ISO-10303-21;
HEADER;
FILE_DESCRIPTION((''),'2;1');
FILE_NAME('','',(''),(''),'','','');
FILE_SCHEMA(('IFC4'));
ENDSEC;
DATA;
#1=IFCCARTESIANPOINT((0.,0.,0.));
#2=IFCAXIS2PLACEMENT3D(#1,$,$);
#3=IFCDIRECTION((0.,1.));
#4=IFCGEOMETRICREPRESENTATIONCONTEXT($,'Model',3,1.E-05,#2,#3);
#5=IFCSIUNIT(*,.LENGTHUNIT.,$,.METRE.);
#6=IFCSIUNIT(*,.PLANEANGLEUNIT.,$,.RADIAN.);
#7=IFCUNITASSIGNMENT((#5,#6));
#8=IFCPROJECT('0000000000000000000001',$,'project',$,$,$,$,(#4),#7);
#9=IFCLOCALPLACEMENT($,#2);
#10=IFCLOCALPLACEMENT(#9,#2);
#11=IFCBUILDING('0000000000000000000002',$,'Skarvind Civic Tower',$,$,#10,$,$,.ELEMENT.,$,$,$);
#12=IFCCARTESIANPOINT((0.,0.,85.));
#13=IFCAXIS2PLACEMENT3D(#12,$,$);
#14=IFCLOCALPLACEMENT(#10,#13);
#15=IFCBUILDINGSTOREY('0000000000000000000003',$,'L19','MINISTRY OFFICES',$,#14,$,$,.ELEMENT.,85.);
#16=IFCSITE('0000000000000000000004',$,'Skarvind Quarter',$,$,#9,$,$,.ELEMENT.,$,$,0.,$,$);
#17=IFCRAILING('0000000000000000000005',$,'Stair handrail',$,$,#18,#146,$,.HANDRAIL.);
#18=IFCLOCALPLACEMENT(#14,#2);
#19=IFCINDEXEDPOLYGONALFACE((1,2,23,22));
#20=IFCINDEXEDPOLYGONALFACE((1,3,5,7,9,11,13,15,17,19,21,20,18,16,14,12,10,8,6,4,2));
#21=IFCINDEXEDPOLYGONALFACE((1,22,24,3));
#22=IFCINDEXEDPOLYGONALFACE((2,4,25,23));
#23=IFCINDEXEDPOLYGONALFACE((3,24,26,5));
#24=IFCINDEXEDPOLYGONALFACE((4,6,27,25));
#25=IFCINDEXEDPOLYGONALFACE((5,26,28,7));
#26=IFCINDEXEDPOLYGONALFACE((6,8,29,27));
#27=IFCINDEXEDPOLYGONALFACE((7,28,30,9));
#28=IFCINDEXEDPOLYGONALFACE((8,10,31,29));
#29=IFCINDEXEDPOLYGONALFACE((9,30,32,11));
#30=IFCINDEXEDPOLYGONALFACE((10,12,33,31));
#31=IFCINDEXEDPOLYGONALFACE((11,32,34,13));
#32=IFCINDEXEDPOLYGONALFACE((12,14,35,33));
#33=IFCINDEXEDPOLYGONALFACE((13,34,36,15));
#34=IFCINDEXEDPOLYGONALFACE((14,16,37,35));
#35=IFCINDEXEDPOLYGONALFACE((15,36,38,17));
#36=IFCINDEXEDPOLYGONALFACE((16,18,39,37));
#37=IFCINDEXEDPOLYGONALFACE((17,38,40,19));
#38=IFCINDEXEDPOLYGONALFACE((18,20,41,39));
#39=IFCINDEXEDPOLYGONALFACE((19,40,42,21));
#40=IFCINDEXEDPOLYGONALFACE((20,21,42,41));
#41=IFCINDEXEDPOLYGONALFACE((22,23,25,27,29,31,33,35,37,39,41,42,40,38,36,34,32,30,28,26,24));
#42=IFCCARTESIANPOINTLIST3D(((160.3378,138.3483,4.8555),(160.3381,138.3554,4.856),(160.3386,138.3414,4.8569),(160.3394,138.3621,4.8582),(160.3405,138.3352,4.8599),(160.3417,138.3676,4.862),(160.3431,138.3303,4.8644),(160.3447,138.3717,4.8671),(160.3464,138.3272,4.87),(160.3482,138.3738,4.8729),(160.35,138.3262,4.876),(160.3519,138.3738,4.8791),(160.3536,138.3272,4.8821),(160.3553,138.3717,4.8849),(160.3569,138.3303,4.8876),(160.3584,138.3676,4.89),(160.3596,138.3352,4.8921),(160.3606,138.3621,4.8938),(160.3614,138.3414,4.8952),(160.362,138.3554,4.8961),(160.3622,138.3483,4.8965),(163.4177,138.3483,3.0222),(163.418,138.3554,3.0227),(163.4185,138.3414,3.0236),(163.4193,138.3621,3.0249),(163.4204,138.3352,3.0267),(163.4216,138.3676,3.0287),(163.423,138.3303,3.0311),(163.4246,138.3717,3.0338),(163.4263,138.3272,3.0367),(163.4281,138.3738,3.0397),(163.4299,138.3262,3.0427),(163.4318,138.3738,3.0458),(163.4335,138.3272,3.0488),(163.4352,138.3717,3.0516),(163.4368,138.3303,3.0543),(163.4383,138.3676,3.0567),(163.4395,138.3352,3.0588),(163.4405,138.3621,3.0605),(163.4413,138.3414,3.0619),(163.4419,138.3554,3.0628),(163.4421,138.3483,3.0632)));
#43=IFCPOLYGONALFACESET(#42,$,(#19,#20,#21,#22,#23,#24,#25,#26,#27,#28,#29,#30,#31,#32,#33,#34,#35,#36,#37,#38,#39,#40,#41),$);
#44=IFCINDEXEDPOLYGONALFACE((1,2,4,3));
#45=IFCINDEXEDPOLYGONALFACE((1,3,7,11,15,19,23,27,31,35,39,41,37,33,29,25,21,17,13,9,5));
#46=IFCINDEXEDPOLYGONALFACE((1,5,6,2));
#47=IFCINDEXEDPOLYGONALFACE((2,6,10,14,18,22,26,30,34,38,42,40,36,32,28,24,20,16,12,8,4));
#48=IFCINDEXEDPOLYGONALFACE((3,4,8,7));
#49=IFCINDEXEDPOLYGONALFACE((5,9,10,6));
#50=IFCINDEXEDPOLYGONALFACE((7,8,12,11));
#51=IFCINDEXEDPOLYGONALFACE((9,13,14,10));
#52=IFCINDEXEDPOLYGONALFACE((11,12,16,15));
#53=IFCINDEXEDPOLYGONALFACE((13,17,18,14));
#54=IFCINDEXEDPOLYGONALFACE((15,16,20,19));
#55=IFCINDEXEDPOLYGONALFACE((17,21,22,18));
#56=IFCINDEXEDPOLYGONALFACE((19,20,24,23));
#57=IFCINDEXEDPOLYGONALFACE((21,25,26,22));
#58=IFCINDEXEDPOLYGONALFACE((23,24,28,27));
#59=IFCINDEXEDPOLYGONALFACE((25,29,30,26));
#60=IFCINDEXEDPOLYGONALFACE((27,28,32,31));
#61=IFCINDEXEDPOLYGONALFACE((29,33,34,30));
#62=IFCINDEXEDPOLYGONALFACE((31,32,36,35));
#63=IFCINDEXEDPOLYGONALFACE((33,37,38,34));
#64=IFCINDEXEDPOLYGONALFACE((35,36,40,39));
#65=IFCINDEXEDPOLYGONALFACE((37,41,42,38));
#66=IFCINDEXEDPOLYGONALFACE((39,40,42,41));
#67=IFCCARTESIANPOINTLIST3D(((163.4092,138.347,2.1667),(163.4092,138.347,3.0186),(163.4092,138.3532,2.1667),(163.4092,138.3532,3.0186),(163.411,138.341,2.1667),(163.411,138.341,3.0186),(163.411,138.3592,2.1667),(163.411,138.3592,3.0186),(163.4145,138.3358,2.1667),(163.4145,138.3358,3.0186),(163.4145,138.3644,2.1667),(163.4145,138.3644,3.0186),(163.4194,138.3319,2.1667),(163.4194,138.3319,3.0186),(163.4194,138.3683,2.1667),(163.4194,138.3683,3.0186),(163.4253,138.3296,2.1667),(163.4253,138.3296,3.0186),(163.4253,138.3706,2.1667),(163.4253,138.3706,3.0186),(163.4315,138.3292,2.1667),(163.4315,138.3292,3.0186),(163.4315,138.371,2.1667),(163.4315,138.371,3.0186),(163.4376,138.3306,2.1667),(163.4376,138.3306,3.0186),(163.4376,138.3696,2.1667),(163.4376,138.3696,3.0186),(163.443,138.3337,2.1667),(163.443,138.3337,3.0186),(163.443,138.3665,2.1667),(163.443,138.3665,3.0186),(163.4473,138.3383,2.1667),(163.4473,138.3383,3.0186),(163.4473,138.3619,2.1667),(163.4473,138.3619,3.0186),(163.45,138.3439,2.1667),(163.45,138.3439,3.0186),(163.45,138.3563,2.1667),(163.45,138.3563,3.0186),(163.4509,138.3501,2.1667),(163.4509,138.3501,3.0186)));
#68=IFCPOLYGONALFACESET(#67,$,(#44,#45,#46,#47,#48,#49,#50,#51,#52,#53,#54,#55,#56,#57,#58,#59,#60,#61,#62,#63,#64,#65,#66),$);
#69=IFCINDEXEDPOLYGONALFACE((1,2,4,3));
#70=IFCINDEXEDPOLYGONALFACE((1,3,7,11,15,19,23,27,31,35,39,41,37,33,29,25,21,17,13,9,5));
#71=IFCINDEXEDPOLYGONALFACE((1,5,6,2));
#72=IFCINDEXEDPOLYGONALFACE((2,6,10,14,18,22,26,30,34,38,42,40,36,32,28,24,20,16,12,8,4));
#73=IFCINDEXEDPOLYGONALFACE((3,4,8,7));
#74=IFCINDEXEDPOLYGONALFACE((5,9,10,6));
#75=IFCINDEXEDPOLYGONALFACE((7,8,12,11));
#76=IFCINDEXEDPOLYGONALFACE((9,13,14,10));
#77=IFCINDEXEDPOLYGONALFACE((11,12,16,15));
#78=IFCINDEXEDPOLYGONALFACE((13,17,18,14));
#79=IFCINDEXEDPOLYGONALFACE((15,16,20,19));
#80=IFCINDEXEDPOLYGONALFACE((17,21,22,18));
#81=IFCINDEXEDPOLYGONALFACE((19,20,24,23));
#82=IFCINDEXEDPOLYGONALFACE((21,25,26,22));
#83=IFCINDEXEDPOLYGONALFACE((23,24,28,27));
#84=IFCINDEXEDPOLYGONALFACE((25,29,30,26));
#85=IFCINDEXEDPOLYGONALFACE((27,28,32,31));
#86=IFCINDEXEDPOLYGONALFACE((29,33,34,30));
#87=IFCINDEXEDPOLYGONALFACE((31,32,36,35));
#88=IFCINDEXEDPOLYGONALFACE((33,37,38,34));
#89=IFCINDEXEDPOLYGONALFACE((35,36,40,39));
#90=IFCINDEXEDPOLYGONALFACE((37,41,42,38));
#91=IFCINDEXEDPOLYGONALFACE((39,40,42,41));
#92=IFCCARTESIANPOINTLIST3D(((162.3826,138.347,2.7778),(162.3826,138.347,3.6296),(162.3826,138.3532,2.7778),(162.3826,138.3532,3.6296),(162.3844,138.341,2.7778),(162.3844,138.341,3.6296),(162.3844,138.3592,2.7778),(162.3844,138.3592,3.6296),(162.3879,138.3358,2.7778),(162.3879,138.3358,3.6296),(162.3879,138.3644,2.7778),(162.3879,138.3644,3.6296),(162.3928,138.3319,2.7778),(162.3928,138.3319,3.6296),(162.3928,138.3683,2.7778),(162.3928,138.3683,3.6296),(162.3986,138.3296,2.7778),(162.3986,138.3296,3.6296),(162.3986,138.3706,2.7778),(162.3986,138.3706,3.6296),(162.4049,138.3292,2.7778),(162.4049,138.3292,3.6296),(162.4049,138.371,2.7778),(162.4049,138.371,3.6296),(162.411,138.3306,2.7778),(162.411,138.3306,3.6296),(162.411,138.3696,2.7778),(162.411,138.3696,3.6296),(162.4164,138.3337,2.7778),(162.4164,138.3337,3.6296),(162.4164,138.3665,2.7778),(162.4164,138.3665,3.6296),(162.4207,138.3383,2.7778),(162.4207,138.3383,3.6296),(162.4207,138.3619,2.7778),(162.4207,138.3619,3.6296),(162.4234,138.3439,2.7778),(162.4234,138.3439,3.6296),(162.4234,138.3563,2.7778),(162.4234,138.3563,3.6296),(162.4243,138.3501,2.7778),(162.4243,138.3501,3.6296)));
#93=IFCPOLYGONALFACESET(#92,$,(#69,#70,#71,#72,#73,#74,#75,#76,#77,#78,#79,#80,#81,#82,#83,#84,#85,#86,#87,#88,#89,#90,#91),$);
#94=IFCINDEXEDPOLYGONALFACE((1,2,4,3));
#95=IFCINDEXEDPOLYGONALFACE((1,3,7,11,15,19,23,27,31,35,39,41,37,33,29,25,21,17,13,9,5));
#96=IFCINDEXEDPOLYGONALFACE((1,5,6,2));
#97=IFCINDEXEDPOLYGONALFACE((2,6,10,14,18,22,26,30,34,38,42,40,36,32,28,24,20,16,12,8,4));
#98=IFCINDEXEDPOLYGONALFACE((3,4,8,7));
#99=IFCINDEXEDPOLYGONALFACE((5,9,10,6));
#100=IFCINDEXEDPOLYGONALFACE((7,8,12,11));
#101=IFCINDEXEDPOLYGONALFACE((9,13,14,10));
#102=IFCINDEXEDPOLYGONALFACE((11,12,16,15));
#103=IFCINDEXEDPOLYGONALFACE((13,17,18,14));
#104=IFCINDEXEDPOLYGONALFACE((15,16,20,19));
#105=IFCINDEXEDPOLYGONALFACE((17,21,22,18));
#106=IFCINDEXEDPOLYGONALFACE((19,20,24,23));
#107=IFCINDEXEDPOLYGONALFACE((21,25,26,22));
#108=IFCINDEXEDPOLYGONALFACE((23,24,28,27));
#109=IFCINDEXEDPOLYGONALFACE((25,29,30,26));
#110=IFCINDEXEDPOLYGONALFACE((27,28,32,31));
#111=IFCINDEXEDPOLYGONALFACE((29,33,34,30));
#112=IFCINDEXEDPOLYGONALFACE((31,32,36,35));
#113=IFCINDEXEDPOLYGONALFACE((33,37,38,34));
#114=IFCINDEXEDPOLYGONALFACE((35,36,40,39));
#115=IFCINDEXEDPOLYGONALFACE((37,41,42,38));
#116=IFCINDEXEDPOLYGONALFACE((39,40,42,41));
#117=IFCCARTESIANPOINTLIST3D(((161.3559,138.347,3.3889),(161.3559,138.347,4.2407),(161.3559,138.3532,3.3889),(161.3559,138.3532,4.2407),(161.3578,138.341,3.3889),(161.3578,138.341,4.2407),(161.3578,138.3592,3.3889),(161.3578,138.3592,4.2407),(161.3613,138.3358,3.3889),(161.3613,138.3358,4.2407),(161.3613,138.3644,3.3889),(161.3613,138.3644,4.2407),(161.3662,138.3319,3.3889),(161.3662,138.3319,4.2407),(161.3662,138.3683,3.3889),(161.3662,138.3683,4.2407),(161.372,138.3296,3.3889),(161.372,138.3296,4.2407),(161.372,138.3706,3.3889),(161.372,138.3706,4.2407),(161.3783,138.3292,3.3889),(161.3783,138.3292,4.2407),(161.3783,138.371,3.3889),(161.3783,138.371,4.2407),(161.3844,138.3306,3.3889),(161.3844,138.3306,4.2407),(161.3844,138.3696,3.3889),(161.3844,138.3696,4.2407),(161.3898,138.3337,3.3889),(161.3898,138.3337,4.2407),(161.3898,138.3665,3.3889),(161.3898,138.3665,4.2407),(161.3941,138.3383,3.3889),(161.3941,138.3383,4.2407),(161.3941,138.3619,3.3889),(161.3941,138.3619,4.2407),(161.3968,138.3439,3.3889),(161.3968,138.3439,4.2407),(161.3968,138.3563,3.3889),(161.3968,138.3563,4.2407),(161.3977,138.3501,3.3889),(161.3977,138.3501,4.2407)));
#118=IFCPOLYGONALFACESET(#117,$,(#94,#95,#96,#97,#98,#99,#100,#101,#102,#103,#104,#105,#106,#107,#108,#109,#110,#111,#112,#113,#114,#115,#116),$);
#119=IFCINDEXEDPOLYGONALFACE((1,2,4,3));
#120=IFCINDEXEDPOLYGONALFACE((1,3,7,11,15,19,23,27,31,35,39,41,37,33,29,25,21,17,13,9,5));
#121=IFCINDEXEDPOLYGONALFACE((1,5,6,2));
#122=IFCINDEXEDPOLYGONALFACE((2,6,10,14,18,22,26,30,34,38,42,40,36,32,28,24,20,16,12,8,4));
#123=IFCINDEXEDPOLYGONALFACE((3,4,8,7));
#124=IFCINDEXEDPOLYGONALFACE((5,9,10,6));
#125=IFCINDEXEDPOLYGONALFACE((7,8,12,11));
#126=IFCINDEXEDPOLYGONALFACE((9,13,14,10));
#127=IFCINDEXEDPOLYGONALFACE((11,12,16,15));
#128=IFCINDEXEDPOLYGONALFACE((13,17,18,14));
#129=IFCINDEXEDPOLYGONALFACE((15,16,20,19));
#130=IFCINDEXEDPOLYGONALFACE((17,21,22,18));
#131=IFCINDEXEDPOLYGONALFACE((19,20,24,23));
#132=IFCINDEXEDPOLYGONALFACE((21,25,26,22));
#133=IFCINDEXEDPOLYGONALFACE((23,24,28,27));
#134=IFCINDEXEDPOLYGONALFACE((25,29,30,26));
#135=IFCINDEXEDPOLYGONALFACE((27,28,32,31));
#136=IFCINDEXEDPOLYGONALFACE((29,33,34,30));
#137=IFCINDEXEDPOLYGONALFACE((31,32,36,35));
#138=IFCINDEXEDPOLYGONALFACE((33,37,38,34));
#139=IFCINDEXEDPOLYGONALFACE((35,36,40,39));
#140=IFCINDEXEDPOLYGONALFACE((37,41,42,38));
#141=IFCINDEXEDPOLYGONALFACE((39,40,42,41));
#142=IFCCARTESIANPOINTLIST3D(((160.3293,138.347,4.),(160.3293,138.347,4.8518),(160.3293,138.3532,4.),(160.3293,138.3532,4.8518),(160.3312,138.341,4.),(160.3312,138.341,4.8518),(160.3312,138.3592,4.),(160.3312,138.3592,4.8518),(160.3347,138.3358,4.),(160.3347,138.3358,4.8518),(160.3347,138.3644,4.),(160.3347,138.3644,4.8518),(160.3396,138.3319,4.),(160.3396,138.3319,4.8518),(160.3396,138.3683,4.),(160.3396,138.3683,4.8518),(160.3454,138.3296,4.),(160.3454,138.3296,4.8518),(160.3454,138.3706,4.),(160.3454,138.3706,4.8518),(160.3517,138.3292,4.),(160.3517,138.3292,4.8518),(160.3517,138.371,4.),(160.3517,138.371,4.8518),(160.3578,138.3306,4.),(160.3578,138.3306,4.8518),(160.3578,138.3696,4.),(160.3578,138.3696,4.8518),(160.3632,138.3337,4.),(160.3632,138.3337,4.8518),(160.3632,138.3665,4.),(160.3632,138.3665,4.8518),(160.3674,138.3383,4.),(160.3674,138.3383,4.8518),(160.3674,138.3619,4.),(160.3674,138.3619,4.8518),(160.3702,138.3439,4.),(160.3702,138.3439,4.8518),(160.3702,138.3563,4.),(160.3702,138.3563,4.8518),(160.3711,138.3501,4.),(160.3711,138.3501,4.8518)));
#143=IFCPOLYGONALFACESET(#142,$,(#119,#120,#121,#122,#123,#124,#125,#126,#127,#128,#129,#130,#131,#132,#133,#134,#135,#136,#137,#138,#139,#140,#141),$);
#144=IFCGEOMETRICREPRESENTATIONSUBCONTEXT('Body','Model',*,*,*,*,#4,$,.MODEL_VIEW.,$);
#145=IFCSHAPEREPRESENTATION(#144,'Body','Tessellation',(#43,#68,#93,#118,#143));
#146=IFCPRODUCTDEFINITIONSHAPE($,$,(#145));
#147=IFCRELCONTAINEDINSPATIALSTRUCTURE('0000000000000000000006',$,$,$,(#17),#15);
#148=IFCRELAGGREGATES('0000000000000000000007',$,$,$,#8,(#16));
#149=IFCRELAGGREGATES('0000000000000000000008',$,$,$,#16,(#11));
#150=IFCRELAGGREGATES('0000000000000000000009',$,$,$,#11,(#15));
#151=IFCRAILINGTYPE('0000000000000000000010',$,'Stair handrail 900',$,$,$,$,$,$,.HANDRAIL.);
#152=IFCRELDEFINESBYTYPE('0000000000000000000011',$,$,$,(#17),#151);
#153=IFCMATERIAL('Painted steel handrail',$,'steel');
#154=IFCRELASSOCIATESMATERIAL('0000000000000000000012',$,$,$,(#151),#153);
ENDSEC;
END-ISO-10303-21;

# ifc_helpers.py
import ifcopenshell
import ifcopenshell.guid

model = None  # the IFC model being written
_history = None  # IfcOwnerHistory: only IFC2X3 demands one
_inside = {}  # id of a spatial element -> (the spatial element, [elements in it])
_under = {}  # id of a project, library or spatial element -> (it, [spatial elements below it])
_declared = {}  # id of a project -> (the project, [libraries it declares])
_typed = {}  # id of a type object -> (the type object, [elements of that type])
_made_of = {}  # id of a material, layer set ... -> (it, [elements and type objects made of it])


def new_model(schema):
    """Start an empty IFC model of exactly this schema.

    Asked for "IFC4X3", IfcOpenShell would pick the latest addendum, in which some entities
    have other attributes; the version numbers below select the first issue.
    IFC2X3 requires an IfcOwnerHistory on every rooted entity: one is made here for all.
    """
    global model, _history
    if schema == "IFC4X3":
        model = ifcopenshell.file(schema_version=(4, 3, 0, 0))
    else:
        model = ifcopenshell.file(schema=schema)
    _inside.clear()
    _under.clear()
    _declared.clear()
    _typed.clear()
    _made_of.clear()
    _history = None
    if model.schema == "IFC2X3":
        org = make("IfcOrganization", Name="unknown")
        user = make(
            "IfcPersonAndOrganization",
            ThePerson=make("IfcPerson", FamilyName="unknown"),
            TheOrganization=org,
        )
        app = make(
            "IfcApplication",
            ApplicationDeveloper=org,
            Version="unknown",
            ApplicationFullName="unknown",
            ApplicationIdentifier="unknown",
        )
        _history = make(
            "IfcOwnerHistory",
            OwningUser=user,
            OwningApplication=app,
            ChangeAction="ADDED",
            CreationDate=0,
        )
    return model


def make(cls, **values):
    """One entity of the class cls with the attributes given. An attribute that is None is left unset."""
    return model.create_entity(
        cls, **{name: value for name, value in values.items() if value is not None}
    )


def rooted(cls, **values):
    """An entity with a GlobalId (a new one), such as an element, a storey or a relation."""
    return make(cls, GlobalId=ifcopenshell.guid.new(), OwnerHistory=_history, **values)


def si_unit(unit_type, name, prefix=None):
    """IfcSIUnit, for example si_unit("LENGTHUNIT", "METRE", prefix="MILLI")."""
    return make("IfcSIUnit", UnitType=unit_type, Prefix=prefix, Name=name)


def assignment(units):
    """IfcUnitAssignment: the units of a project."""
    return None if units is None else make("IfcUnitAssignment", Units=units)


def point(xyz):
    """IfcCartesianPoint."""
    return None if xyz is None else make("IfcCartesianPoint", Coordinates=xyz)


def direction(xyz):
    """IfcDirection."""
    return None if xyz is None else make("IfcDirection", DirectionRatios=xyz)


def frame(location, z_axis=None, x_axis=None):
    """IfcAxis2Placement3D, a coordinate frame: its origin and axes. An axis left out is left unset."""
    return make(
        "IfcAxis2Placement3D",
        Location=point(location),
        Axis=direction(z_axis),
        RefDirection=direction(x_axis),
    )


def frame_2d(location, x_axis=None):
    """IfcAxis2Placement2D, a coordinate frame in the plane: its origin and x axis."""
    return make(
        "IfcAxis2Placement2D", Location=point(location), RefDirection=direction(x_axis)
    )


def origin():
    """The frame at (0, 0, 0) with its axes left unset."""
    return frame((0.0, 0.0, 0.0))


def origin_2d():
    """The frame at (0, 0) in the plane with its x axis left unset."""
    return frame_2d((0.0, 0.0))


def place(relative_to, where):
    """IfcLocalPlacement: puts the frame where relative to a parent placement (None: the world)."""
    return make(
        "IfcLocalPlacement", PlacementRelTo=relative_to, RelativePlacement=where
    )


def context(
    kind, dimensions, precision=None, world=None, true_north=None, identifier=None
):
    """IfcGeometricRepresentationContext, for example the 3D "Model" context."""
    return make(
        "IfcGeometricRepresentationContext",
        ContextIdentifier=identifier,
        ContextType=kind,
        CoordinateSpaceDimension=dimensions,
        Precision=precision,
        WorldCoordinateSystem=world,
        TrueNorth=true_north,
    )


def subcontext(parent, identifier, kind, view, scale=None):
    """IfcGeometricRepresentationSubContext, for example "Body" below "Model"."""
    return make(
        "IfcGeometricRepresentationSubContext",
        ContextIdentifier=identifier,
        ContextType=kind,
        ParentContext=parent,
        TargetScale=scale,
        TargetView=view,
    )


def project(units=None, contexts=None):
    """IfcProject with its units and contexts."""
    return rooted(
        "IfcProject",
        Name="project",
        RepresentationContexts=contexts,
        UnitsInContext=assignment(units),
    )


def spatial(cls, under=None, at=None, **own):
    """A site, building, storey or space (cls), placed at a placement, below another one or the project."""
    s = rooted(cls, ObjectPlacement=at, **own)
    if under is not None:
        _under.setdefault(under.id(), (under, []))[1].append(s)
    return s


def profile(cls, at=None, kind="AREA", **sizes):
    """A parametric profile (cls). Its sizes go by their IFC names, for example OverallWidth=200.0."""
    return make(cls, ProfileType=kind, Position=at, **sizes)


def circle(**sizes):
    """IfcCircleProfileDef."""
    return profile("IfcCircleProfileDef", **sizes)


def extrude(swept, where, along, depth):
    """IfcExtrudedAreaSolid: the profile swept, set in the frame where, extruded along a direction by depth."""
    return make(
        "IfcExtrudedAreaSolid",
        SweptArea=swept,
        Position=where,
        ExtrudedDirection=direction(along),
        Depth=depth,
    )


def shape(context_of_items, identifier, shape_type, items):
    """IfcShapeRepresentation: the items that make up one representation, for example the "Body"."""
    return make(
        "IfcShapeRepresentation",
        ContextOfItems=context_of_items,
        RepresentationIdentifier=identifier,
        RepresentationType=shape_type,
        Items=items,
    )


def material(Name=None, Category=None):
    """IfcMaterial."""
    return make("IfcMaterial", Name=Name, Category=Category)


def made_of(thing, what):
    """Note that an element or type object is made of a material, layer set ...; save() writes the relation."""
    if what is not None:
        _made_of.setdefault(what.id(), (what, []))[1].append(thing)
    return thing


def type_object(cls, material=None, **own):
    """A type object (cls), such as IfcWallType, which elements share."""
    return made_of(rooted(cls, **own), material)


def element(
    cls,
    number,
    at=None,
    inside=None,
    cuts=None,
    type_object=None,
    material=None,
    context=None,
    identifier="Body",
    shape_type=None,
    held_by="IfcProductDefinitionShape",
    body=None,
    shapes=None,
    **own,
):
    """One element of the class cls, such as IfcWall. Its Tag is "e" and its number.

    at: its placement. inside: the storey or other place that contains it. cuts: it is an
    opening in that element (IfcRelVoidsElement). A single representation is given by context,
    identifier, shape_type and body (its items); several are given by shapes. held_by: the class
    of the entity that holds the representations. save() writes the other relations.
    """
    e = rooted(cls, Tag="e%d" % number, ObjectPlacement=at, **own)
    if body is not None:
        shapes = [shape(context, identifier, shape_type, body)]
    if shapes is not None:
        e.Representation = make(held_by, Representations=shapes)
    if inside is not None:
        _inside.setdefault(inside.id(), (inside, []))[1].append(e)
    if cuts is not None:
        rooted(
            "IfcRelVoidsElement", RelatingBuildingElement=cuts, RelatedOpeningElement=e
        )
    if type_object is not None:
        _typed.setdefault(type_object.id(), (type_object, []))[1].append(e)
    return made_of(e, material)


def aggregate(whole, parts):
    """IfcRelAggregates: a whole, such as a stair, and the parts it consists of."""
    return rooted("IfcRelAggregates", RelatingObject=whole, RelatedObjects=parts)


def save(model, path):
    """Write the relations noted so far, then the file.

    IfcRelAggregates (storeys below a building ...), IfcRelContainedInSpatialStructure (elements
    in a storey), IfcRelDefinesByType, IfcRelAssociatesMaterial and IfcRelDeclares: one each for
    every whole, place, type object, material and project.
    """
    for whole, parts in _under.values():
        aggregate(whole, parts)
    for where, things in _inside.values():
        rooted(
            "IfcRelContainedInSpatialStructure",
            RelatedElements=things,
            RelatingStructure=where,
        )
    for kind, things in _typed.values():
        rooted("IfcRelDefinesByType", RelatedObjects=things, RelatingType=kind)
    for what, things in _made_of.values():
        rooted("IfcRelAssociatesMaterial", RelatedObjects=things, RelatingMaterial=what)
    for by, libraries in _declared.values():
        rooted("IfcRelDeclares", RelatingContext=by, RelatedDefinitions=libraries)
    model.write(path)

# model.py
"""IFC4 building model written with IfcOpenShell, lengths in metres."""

from ifc_helpers import new_model, si_unit, direction, frame, origin, origin_2d, place, context, subcontext, project, spatial, circle, extrude, material, type_object, element, save


model = new_model("IFC4")

# Units and contexts
model_context = context("Model", 3, precision=1e-05, world=origin(), true_north=direction((0.0, 1.0)))
body_context = subcontext(model_context, "Body", "Model", "MODEL_VIEW")
ifc_project = project(units=[si_unit("LENGTHUNIT", "METRE"), si_unit("PLANEANGLEUNIT", "RADIAN")], contexts=[model_context])

# Site, building, storey
site_placement = place(None, origin())
site = spatial("IfcSite", under=ifc_project, at=site_placement, Name="Skarvind Quarter", CompositionType="ELEMENT", RefElevation=0.0)
building_placement = place(site_placement, origin())
building = spatial("IfcBuilding", under=site, at=building_placement, Name="Skarvind Civic Tower", CompositionType="ELEMENT")
storey_placement = place(building_placement, frame((0.0, 0.0, 85.0)))
storey = spatial("IfcBuildingStorey", under=building, at=storey_placement, Name="L19", Description="MINISTRY OFFICES", CompositionType="ELEMENT", Elevation=85.0)

# Railing
ifc_material_1 = material(Name="Painted steel handrail", Category="steel")
railing_type = type_object("IfcRailingType", Name="Stair handrail 900", PredefinedType="HANDRAIL", material=ifc_material_1)
railing_1_placement = place(storey_placement, frame((163.4299, 138.3501, 2.1667)))
element("IfcRailing", 1, at=railing_1_placement, inside=storey, type_object=railing_type, Name="Stair handrail", PredefinedType="HANDRAIL", context=body_context, shape_type="SweptSolid", body=[
    extrude(circle(Radius=0.0239, at=origin_2d()), frame((0.0, 0.0, 0.876), z_axis=(-0.859291, 0.0, 0.511487), x_axis=(0.0, -1.0, 0.0)), (0.0, 0.0, 1.0), 3.5842),
    extrude(circle(Radius=0.021, at=origin_2d()), origin(), (0.0, 0.0, 1.0), 0.8518),
    extrude(circle(Radius=0.021, at=origin_2d()), frame((-1.0266, 0.0, 0.6111)), (0.0, 0.0, 1.0), 0.8518),
    extrude(circle(Radius=0.021, at=origin_2d()), frame((-2.0532, 0.0, 1.2222)), (0.0, 0.0, 1.0), 0.8518),
    extrude(circle(Radius=0.021, at=origin_2d()), frame((-3.0798, 0.0, 1.8333)), (0.0, 0.0, 1.0), 0.8518),
])

save(model, "model.ifc")
